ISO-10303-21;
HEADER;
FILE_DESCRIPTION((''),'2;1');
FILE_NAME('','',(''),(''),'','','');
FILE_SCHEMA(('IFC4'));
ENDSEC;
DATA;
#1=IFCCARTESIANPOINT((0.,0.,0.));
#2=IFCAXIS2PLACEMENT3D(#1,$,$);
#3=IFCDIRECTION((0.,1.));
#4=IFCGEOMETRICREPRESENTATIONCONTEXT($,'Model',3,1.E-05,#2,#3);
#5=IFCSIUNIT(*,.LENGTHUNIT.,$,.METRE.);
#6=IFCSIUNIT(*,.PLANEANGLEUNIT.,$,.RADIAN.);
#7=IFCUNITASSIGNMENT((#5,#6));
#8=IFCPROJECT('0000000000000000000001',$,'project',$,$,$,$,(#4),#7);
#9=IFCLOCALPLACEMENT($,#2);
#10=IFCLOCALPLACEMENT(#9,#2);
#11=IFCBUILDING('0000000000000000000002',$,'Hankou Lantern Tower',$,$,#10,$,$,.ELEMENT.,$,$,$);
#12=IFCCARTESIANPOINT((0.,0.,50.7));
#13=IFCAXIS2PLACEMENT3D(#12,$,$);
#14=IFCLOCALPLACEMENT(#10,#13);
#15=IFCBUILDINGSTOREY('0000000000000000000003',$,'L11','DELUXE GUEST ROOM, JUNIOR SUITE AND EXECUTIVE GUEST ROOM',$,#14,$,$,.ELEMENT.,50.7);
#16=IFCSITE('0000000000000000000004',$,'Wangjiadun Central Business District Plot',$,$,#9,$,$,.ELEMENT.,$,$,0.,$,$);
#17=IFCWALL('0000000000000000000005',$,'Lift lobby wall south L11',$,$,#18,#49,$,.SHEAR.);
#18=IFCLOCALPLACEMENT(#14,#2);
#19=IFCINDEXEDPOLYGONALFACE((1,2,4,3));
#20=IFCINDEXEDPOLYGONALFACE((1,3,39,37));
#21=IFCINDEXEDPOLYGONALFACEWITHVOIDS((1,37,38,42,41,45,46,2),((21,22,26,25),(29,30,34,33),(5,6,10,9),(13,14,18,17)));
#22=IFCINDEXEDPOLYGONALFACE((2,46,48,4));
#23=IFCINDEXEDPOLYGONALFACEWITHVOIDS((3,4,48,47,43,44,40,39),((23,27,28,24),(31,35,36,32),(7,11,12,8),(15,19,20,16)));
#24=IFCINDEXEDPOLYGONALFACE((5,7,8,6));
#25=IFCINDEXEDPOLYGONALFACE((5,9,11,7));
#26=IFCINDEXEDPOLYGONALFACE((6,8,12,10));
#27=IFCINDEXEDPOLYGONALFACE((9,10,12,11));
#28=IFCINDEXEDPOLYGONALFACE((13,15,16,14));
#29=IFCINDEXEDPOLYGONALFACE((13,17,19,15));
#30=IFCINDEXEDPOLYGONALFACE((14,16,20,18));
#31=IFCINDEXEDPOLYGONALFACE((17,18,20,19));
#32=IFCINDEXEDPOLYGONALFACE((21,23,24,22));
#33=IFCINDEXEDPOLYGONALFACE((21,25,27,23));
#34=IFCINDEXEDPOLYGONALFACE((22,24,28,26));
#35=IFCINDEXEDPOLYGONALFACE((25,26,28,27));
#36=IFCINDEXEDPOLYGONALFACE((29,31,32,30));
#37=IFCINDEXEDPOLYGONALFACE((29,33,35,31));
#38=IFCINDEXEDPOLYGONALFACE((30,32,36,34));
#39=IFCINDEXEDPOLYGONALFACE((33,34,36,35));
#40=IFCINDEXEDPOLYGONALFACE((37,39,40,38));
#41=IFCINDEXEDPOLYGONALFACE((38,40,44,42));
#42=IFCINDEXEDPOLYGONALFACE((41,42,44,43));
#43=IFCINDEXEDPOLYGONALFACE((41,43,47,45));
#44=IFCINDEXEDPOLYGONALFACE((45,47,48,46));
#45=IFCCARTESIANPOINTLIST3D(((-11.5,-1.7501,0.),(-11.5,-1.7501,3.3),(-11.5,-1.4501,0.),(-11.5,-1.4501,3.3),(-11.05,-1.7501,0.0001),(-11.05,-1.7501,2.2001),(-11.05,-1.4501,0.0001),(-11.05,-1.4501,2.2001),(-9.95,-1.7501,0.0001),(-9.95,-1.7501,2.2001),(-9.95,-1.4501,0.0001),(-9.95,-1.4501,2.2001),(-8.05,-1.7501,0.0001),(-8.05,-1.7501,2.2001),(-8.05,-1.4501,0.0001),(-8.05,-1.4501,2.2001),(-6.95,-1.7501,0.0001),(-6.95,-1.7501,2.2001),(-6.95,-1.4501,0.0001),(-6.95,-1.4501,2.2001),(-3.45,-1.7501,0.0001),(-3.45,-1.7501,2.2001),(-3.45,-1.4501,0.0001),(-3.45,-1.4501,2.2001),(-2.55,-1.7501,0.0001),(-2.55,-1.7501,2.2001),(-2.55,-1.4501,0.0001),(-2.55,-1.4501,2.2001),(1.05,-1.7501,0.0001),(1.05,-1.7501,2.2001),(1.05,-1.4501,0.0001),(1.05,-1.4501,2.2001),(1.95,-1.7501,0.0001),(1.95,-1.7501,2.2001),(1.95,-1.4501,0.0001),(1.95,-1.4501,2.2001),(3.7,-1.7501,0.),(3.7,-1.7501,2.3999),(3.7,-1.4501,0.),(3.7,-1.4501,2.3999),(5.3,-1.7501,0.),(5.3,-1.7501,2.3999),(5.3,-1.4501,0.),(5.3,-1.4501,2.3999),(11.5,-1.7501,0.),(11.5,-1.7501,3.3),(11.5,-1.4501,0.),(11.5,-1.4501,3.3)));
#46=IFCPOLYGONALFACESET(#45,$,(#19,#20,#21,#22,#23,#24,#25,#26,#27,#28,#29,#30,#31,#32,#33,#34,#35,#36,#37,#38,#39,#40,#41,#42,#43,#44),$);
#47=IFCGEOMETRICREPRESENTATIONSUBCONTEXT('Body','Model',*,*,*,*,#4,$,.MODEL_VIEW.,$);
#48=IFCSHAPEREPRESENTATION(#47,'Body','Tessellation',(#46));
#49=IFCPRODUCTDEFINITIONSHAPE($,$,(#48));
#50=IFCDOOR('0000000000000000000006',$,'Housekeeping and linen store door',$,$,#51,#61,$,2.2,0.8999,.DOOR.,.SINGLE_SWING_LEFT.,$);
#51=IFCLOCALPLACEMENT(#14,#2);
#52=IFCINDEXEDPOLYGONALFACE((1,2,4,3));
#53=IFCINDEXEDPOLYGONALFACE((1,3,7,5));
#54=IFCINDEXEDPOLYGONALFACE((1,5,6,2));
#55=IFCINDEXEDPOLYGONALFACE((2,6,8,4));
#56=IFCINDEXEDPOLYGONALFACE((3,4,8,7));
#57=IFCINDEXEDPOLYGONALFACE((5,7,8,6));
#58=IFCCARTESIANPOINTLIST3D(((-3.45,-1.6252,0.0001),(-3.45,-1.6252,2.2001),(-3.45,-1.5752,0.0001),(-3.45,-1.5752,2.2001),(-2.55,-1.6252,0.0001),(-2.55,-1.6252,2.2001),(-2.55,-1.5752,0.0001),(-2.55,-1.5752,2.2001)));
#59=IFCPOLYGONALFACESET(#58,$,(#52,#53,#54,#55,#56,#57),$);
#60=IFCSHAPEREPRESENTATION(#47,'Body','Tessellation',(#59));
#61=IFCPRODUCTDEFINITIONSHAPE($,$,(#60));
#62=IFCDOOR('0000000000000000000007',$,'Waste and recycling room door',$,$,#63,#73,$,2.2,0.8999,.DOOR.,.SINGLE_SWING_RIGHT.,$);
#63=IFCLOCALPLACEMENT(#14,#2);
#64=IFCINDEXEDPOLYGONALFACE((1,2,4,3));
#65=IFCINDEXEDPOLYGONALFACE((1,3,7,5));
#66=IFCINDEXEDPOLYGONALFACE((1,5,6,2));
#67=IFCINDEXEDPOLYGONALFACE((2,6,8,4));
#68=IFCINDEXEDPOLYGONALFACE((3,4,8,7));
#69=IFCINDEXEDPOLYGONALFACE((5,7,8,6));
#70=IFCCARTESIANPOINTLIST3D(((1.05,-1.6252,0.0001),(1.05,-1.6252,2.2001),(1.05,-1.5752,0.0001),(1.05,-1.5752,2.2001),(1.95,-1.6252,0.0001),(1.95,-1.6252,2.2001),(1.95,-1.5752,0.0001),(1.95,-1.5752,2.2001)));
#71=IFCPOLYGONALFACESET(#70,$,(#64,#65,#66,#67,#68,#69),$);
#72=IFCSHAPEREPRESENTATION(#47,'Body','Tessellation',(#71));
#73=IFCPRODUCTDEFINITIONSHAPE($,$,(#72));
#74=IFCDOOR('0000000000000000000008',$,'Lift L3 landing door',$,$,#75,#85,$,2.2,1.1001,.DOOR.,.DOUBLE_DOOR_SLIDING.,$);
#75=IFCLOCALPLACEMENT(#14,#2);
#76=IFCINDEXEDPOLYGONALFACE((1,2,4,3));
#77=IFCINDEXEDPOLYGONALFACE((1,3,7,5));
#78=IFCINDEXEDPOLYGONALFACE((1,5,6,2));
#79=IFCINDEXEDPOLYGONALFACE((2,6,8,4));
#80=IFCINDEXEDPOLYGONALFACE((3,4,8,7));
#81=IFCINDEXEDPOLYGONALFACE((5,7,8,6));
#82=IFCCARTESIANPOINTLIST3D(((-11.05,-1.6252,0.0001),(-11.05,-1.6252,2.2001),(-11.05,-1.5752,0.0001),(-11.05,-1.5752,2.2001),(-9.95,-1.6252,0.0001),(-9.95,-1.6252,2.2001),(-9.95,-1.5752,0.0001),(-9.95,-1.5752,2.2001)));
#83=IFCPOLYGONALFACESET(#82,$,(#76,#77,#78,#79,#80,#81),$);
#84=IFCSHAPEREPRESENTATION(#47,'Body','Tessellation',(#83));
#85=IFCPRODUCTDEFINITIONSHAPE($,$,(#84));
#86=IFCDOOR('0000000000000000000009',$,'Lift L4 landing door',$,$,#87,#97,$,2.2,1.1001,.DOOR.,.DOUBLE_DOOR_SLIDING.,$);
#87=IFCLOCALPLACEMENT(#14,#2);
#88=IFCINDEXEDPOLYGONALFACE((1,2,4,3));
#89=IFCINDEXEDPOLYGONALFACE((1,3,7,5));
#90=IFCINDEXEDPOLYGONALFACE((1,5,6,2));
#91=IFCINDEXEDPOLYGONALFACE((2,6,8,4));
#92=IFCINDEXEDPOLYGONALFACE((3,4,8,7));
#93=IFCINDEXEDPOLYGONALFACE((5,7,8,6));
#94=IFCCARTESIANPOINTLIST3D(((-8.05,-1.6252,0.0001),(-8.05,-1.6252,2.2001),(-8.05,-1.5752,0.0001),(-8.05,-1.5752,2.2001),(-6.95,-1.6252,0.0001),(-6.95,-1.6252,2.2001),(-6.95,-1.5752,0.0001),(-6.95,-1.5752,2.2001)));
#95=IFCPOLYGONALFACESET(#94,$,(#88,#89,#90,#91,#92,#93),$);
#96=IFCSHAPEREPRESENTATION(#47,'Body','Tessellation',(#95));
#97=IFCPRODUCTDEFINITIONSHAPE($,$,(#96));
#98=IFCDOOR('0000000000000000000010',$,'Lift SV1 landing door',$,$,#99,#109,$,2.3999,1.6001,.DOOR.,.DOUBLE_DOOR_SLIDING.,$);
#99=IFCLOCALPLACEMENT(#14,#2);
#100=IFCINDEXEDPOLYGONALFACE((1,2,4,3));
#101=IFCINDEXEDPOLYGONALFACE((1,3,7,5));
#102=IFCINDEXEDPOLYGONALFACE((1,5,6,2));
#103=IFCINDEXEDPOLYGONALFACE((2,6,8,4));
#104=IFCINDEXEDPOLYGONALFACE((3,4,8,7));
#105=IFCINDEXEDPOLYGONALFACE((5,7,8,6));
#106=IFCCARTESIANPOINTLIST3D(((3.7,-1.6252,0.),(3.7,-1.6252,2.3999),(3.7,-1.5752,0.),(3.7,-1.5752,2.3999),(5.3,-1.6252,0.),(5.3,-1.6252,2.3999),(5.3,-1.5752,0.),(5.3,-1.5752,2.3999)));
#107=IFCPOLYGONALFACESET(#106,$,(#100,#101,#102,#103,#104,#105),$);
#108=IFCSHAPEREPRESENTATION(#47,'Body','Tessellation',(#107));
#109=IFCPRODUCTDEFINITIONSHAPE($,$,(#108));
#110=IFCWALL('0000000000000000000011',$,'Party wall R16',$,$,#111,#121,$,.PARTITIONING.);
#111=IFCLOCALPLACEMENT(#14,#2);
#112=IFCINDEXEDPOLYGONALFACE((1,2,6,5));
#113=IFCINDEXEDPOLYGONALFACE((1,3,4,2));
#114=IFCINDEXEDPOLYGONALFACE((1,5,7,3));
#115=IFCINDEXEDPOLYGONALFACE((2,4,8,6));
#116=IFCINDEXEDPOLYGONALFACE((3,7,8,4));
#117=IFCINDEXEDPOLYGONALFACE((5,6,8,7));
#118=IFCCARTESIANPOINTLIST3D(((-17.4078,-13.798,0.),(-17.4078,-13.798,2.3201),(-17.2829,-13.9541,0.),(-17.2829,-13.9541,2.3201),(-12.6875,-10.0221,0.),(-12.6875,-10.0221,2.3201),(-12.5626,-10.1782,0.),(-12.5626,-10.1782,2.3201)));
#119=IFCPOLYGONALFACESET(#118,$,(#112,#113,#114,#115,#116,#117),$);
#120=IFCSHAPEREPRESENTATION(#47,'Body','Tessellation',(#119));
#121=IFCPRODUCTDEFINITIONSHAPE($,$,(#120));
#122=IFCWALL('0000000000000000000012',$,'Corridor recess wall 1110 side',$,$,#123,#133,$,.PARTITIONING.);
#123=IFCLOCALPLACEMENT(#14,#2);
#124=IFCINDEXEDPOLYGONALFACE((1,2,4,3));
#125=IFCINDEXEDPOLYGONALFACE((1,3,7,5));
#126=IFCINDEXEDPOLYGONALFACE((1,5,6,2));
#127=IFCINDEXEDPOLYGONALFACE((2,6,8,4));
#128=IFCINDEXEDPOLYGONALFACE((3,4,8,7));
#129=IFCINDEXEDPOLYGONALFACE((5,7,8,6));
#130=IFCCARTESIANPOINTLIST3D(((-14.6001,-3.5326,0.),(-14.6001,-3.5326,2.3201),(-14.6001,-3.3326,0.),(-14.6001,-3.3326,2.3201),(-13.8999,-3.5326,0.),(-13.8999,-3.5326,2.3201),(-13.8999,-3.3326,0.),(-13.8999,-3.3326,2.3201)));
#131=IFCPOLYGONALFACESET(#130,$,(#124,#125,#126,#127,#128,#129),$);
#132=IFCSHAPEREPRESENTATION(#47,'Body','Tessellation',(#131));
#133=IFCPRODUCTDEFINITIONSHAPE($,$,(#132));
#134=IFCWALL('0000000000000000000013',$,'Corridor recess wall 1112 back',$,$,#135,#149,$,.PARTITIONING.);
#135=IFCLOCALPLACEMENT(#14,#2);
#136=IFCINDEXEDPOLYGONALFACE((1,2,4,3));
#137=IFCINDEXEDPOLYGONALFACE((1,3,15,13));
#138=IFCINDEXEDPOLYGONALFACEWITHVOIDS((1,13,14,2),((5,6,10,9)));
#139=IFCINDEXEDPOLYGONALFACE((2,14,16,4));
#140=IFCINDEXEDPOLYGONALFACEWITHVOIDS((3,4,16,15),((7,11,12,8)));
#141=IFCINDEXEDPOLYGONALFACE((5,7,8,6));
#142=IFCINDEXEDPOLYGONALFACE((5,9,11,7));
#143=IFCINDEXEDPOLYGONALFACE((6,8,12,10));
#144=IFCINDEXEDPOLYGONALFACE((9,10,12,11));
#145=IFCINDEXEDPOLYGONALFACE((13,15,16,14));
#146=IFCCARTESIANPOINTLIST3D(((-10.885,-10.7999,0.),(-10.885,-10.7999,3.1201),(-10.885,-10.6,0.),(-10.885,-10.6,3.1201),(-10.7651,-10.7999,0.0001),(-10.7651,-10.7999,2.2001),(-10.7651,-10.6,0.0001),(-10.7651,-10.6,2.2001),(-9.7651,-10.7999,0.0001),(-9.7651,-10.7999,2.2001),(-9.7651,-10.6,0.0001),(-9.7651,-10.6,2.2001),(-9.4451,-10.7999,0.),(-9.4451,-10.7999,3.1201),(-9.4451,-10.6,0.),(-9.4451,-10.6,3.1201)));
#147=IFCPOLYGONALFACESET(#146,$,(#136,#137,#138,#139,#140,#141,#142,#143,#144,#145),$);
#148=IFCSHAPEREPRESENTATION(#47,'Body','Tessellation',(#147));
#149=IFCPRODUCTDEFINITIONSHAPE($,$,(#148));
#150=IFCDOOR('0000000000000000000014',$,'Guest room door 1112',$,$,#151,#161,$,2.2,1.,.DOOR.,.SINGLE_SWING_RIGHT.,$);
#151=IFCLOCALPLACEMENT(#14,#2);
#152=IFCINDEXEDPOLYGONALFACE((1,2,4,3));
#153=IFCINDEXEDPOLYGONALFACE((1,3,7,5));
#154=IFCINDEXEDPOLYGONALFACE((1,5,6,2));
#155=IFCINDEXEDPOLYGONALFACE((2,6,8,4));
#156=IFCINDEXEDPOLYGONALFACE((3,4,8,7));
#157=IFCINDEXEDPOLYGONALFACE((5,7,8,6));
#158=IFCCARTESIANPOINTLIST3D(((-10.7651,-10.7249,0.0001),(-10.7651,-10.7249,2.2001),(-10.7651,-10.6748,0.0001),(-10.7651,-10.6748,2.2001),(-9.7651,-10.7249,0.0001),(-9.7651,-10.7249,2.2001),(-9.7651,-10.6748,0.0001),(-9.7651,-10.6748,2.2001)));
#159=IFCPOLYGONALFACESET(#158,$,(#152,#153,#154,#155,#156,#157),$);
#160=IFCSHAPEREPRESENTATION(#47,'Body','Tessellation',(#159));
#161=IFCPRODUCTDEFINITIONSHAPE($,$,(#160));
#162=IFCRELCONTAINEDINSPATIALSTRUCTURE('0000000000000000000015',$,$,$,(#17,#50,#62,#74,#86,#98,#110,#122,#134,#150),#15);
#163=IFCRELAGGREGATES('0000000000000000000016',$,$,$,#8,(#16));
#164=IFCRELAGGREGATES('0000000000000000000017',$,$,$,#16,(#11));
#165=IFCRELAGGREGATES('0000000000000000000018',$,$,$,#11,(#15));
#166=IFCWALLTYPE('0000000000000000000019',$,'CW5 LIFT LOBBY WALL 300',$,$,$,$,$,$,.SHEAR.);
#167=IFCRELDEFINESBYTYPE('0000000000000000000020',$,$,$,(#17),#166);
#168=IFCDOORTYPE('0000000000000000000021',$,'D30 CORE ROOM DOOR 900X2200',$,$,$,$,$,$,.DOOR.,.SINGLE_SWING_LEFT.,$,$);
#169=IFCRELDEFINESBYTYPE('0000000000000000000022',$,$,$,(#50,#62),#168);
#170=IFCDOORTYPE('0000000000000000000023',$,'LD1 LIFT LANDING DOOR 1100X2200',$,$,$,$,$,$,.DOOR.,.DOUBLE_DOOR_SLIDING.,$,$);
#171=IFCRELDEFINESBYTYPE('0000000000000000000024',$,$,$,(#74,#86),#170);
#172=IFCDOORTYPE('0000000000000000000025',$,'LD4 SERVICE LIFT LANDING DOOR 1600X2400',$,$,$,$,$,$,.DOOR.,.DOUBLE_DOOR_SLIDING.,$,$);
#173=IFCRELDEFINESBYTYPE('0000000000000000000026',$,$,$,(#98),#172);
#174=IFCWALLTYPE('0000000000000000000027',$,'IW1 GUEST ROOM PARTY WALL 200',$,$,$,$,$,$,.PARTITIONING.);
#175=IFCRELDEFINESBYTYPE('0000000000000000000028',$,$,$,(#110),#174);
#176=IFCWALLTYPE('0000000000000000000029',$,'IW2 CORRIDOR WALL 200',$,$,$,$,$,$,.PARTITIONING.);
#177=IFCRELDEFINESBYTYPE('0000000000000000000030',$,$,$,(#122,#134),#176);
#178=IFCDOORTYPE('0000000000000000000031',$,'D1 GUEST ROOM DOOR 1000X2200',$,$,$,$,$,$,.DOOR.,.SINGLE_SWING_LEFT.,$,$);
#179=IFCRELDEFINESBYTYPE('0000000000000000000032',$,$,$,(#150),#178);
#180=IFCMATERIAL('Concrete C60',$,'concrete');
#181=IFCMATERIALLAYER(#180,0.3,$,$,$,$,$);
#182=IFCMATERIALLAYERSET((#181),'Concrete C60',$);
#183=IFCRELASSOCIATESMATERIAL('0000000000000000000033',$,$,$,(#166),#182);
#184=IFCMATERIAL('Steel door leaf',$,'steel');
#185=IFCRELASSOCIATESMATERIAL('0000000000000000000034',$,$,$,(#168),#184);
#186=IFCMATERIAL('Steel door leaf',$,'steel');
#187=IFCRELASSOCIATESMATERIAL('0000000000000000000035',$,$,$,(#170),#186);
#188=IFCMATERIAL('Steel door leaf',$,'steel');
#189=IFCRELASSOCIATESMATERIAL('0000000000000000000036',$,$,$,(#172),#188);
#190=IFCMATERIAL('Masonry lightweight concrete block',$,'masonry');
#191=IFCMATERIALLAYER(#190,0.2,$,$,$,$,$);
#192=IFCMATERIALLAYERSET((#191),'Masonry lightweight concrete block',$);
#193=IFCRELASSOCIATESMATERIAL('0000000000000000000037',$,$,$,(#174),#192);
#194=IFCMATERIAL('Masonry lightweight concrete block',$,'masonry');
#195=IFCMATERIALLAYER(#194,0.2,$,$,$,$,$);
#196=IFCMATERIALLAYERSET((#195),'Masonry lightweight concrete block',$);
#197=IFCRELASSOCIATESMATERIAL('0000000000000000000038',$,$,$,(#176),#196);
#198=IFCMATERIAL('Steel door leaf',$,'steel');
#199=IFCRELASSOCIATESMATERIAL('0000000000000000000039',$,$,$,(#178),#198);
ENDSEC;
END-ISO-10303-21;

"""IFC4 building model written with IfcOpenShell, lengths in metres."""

from ifc_helpers import new_model, si_unit, direction, frame, frame_2d, origin, place, context, subcontext, project, spatial, rectangle, extrude, material, layer, layer_set, type_object, element, fill, save


model = new_model("IFC4")

# Units and contexts
model_context = context("Model", 3, precision=1e-05, world=origin(), true_north=direction((0.0, 1.0)))
body_context = subcontext(model_context, "Body", "Model", "MODEL_VIEW")
ifc_project = project(units=[si_unit("LENGTHUNIT", "METRE"), si_unit("PLANEANGLEUNIT", "RADIAN")], contexts=[model_context])

# Site, building, storey
site_placement = place(None, origin())
site = spatial("IfcSite", under=ifc_project, at=site_placement, Name="Wangjiadun Central Business District Plot", CompositionType="ELEMENT", RefElevation=0.0)
building_placement = place(site_placement, origin())
building = spatial("IfcBuilding", under=site, at=building_placement, Name="Hankou Lantern Tower", CompositionType="ELEMENT")
storey_placement = place(building_placement, frame((0.0, 0.0, 50.7)))
storey = spatial("IfcBuildingStorey", under=building, at=storey_placement, Name="L11", Description="DELUXE GUEST ROOM, JUNIOR SUITE AND EXECUTIVE GUEST ROOM", CompositionType="ELEMENT", Elevation=50.7)

# Wall, openings, doors
ifc_material_1 = material(Name="Concrete C60", Category="concrete")
ifc_layer_1 = layer(ifc_material_1, 0.3)
ifc_layer_set_1 = layer_set([ifc_layer_1], Name="Concrete C60")
wall_type_1 = type_object("IfcWallType", Name="CW5 LIFT LOBBY WALL 300", PredefinedType="SHEAR", material=ifc_layer_set_1)
wall_1_placement = place(storey_placement, frame((-11.5, -1.6001, 0.0), z_axis=(0.0, 0.0, 1.0), x_axis=(1.0, 0.0, 0.0)))
wall_1 = element("IfcWall", 1, at=wall_1_placement, inside=storey, type_object=wall_type_1, Name="Lift lobby wall south L11", PredefinedType="SHEAR", context=body_context, shape_type="SweptSolid", body=[
    extrude(rectangle(XDim=23.0, YDim=0.3, at=frame_2d((11.5, 0.0))), origin(), (0.0, 0.0, 1.0), 3.3),
])
opening_1_placement = place(wall_1_placement, frame((0.45, 0.0, 0.0)))
opening_1 = element("IfcOpeningElement", 2, at=opening_1_placement, cuts=wall_1, PredefinedType="OPENING", context=body_context, shape_type="SweptSolid", body=[
    extrude(rectangle(XDim=1.1001, YDim=2.2, at=frame_2d((0.55, 1.1001))), frame((0.0, 0.1599, 0.0), z_axis=(0.0, -1.0, 0.0), x_axis=(1.0, 0.0, 0.0)), (0.0, 0.0, 1.0), 0.3201),
])
opening_2_placement = place(wall_1_placement, frame((3.45, 0.0, 0.0)))
opening_2 = element("IfcOpeningElement", 3, at=opening_2_placement, cuts=wall_1, PredefinedType="OPENING", context=body_context, shape_type="SweptSolid", body=[
    extrude(rectangle(XDim=1.1001, YDim=2.2, at=frame_2d((0.55, 1.1001))), frame((0.0, 0.1599, 0.0), z_axis=(0.0, -1.0, 0.0), x_axis=(1.0, 0.0, 0.0)), (0.0, 0.0, 1.0), 0.3201),
])
opening_3_placement = place(wall_1_placement, frame((15.2, 0.0, 0.0)))
opening_3 = element("IfcOpeningElement", 4, at=opening_3_placement, cuts=wall_1, PredefinedType="OPENING", context=body_context, shape_type="SweptSolid", body=[
    extrude(rectangle(XDim=1.6001, YDim=2.3999, at=frame_2d((0.8, 1.2))), frame((0.0, 0.1599, 0.0), z_axis=(0.0, -1.0, 0.0), x_axis=(1.0, 0.0, 0.0)), (0.0, 0.0, 1.0), 0.3201),
])
opening_4_placement = place(wall_1_placement, frame((8.05, 0.0, 0.0)))
opening_4 = element("IfcOpeningElement", 5, at=opening_4_placement, cuts=wall_1, PredefinedType="OPENING", context=body_context, shape_type="SweptSolid", body=[
    extrude(rectangle(XDim=0.8999, YDim=2.2, at=frame_2d((0.45, 1.1001))), frame((0.0, 0.1599, 0.0), z_axis=(0.0, -1.0, 0.0), x_axis=(1.0, 0.0, 0.0)), (0.0, 0.0, 1.0), 0.3201),
])
opening_5_placement = place(wall_1_placement, frame((12.55, 0.0, 0.0)))
opening_5 = element("IfcOpeningElement", 6, at=opening_5_placement, cuts=wall_1, PredefinedType="OPENING", context=body_context, shape_type="SweptSolid", body=[
    extrude(rectangle(XDim=0.8999, YDim=2.2, at=frame_2d((0.45, 1.1001))), frame((0.0, 0.1599, 0.0), z_axis=(0.0, -1.0, 0.0), x_axis=(1.0, 0.0, 0.0)), (0.0, 0.0, 1.0), 0.3201),
])
ifc_material_2 = material(Name="Steel door leaf", Category="steel")
door_type_1 = type_object("IfcDoorType", Name="D30 CORE ROOM DOOR 900X2200", OperationType="SINGLE_SWING_LEFT", PredefinedType="DOOR", material=ifc_material_2)
door_1_placement = place(opening_4_placement, origin())
door_1 = element("IfcDoor", 7, at=door_1_placement, inside=storey, type_object=door_type_1, Name="Housekeeping and linen store door", OperationType="SINGLE_SWING_LEFT", OverallHeight=2.2, OverallWidth=0.8999, PredefinedType="DOOR", context=body_context, shape_type="SweptSolid", body=[
    extrude(rectangle(XDim=0.8999, YDim=2.2, at=frame_2d((0.45, 1.1001))), frame((0.0, 0.0249, 0.0), z_axis=(0.0, -1.0, 0.0), x_axis=(1.0, 0.0, 0.0)), (0.0, 0.0, 1.0), 0.05),
])
fill(opening_4, door_1)
door_2_placement = place(opening_5_placement, origin())
door_2 = element("IfcDoor", 8, at=door_2_placement, inside=storey, type_object=door_type_1, Name="Waste and recycling room door", OperationType="SINGLE_SWING_RIGHT", OverallHeight=2.2, OverallWidth=0.8999, PredefinedType="DOOR", context=body_context, shape_type="SweptSolid", body=[
    extrude(rectangle(XDim=0.8999, YDim=2.2, at=frame_2d((0.45, 1.1001))), frame((0.0, 0.0249, 0.0), z_axis=(0.0, -1.0, 0.0), x_axis=(1.0, 0.0, 0.0)), (0.0, 0.0, 1.0), 0.05),
])
fill(opening_5, door_2)
ifc_material_3 = material(Name="Steel door leaf", Category="steel")
door_type_2 = type_object("IfcDoorType", Name="LD1 LIFT LANDING DOOR 1100X2200", OperationType="DOUBLE_DOOR_SLIDING", PredefinedType="DOOR", material=ifc_material_3)
door_3_placement = place(opening_1_placement, origin())
door_3 = element("IfcDoor", 9, at=door_3_placement, inside=storey, type_object=door_type_2, Name="Lift L3 landing door", OperationType="DOUBLE_DOOR_SLIDING", OverallHeight=2.2, OverallWidth=1.1001, PredefinedType="DOOR", context=body_context, shape_type="SweptSolid", body=[
    extrude(rectangle(XDim=1.1001, YDim=2.2, at=frame_2d((0.55, 1.1001))), frame((0.0, 0.0249, 0.0), z_axis=(0.0, -1.0, 0.0), x_axis=(1.0, 0.0, 0.0)), (0.0, 0.0, 1.0), 0.05),
])
fill(opening_1, door_3)
door_4_placement = place(opening_2_placement, origin())
door_4 = element("IfcDoor", 10, at=door_4_placement, inside=storey, type_object=door_type_2, Name="Lift L4 landing door", OperationType="DOUBLE_DOOR_SLIDING", OverallHeight=2.2, OverallWidth=1.1001, PredefinedType="DOOR", context=body_context, shape_type="SweptSolid", body=[
    extrude(rectangle(XDim=1.1001, YDim=2.2, at=frame_2d((0.55, 1.1001))), frame((0.0, 0.0249, 0.0), z_axis=(0.0, -1.0, 0.0), x_axis=(1.0, 0.0, 0.0)), (0.0, 0.0, 1.0), 0.05),
])
fill(opening_2, door_4)
ifc_material_4 = material(Name="Steel door leaf", Category="steel")
door_type_3 = type_object("IfcDoorType", Name="LD4 SERVICE LIFT LANDING DOOR 1600X2400", OperationType="DOUBLE_DOOR_SLIDING", PredefinedType="DOOR", material=ifc_material_4)
door_5_placement = place(opening_3_placement, origin())
door_5 = element("IfcDoor", 11, at=door_5_placement, inside=storey, type_object=door_type_3, Name="Lift SV1 landing door", OperationType="DOUBLE_DOOR_SLIDING", OverallHeight=2.3999, OverallWidth=1.6001, PredefinedType="DOOR", context=body_context, shape_type="SweptSolid", body=[
    extrude(rectangle(XDim=1.6001, YDim=2.3999, at=frame_2d((0.8, 1.2))), frame((0.0, 0.0249, 0.0), z_axis=(0.0, -1.0, 0.0), x_axis=(1.0, 0.0, 0.0)), (0.0, 0.0, 1.0), 0.05),
])
fill(opening_3, door_5)

# Walls
ifc_material_5 = material(Name="Masonry lightweight concrete block", Category="masonry")
ifc_layer_2 = layer(ifc_material_5, 0.2)
ifc_layer_set_2 = layer_set([ifc_layer_2], Name="Masonry lightweight concrete block")
wall_type_2 = type_object("IfcWallType", Name="IW1 GUEST ROOM PARTY WALL 200", PredefinedType="PARTITIONING", material=ifc_layer_set_2)
wall_2_placement = place(storey_placement, frame((-12.625, -10.1001, 0.0), z_axis=(0.0, 0.0, 1.0), x_axis=(-0.780892, -0.624665, 0.0)))
element("IfcWall", 12, at=wall_2_placement, inside=storey, type_object=wall_type_2, Name="Party wall R16", PredefinedType="PARTITIONING", context=body_context, shape_type="SweptSolid", body=[
    extrude(rectangle(XDim=6.0447, YDim=0.2, at=frame_2d((3.0225, 0.0))), origin(), (0.0, 0.0, 1.0), 2.3201),
])
ifc_material_6 = material(Name="Masonry lightweight concrete block", Category="masonry")
ifc_layer_3 = layer(ifc_material_6, 0.2)
ifc_layer_set_3 = layer_set([ifc_layer_3], Name="Masonry lightweight concrete block")
wall_type_3 = type_object("IfcWallType", Name="IW2 CORRIDOR WALL 200", PredefinedType="PARTITIONING", material=ifc_layer_set_3)
wall_3_placement = place(storey_placement, frame((-13.8999, -3.4326, 0.0), z_axis=(0.0, 0.0, 1.0), x_axis=(-1.0, 0.0, 0.0)))
element("IfcWall", 13, at=wall_3_placement, inside=storey, type_object=wall_type_3, Name="Corridor recess wall 1110 side", PredefinedType="PARTITIONING", context=body_context, shape_type="SweptSolid", body=[
    extrude(rectangle(XDim=0.7002, YDim=0.2, at=frame_2d((0.3501, 0.0))), origin(), (0.0, 0.0, 1.0), 2.3201),
])

# Wall, opening, door
wall_4_placement = place(storey_placement, frame((-9.4451, -10.7, 0.0), z_axis=(0.0, 0.0, 1.0), x_axis=(-1.0, 0.0, 0.0)))
wall_4 = element("IfcWall", 14, at=wall_4_placement, inside=storey, type_object=wall_type_3, Name="Corridor recess wall 1112 back", PredefinedType="PARTITIONING", context=body_context, shape_type="SweptSolid", body=[
    extrude(rectangle(XDim=1.4399, YDim=0.2, at=frame_2d((0.72, 0.0))), origin(), (0.0, 0.0, 1.0), 3.1201),
])
opening_6_placement = place(wall_4_placement, frame((0.3201, 0.0, 0.0)))
opening_6 = element("IfcOpeningElement", 15, at=opening_6_placement, cuts=wall_4, PredefinedType="OPENING", context=body_context, shape_type="SweptSolid", body=[
    extrude(rectangle(XDim=1.0, YDim=2.2, at=frame_2d((0.5, 1.1001))), frame((0.0, 0.1099, 0.0), z_axis=(0.0, -1.0, 0.0), x_axis=(1.0, 0.0, 0.0)), (0.0, 0.0, 1.0), 0.22),
])
ifc_material_7 = material(Name="Steel door leaf", Category="steel")
door_type_4 = type_object("IfcDoorType", Name="D1 GUEST ROOM DOOR 1000X2200", OperationType="SINGLE_SWING_LEFT", PredefinedType="DOOR", material=ifc_material_7)
door_6_placement = place(opening_6_placement, origin())
door_6 = element("IfcDoor", 16, at=door_6_placement, inside=storey, type_object=door_type_4, Name="Guest room door 1112", OperationType="SINGLE_SWING_RIGHT", OverallHeight=2.2, OverallWidth=1.0, PredefinedType="DOOR", context=body_context, shape_type="SweptSolid", body=[
    extrude(rectangle(XDim=1.0, YDim=2.2, at=frame_2d((0.5, 1.1001))), frame((0.0, 0.0249, 0.0), z_axis=(0.0, -1.0, 0.0), x_axis=(1.0, 0.0, 0.0)), (0.0, 0.0, 1.0), 0.05),
])
fill(opening_6, door_6)

save(model, "model.ifc")
